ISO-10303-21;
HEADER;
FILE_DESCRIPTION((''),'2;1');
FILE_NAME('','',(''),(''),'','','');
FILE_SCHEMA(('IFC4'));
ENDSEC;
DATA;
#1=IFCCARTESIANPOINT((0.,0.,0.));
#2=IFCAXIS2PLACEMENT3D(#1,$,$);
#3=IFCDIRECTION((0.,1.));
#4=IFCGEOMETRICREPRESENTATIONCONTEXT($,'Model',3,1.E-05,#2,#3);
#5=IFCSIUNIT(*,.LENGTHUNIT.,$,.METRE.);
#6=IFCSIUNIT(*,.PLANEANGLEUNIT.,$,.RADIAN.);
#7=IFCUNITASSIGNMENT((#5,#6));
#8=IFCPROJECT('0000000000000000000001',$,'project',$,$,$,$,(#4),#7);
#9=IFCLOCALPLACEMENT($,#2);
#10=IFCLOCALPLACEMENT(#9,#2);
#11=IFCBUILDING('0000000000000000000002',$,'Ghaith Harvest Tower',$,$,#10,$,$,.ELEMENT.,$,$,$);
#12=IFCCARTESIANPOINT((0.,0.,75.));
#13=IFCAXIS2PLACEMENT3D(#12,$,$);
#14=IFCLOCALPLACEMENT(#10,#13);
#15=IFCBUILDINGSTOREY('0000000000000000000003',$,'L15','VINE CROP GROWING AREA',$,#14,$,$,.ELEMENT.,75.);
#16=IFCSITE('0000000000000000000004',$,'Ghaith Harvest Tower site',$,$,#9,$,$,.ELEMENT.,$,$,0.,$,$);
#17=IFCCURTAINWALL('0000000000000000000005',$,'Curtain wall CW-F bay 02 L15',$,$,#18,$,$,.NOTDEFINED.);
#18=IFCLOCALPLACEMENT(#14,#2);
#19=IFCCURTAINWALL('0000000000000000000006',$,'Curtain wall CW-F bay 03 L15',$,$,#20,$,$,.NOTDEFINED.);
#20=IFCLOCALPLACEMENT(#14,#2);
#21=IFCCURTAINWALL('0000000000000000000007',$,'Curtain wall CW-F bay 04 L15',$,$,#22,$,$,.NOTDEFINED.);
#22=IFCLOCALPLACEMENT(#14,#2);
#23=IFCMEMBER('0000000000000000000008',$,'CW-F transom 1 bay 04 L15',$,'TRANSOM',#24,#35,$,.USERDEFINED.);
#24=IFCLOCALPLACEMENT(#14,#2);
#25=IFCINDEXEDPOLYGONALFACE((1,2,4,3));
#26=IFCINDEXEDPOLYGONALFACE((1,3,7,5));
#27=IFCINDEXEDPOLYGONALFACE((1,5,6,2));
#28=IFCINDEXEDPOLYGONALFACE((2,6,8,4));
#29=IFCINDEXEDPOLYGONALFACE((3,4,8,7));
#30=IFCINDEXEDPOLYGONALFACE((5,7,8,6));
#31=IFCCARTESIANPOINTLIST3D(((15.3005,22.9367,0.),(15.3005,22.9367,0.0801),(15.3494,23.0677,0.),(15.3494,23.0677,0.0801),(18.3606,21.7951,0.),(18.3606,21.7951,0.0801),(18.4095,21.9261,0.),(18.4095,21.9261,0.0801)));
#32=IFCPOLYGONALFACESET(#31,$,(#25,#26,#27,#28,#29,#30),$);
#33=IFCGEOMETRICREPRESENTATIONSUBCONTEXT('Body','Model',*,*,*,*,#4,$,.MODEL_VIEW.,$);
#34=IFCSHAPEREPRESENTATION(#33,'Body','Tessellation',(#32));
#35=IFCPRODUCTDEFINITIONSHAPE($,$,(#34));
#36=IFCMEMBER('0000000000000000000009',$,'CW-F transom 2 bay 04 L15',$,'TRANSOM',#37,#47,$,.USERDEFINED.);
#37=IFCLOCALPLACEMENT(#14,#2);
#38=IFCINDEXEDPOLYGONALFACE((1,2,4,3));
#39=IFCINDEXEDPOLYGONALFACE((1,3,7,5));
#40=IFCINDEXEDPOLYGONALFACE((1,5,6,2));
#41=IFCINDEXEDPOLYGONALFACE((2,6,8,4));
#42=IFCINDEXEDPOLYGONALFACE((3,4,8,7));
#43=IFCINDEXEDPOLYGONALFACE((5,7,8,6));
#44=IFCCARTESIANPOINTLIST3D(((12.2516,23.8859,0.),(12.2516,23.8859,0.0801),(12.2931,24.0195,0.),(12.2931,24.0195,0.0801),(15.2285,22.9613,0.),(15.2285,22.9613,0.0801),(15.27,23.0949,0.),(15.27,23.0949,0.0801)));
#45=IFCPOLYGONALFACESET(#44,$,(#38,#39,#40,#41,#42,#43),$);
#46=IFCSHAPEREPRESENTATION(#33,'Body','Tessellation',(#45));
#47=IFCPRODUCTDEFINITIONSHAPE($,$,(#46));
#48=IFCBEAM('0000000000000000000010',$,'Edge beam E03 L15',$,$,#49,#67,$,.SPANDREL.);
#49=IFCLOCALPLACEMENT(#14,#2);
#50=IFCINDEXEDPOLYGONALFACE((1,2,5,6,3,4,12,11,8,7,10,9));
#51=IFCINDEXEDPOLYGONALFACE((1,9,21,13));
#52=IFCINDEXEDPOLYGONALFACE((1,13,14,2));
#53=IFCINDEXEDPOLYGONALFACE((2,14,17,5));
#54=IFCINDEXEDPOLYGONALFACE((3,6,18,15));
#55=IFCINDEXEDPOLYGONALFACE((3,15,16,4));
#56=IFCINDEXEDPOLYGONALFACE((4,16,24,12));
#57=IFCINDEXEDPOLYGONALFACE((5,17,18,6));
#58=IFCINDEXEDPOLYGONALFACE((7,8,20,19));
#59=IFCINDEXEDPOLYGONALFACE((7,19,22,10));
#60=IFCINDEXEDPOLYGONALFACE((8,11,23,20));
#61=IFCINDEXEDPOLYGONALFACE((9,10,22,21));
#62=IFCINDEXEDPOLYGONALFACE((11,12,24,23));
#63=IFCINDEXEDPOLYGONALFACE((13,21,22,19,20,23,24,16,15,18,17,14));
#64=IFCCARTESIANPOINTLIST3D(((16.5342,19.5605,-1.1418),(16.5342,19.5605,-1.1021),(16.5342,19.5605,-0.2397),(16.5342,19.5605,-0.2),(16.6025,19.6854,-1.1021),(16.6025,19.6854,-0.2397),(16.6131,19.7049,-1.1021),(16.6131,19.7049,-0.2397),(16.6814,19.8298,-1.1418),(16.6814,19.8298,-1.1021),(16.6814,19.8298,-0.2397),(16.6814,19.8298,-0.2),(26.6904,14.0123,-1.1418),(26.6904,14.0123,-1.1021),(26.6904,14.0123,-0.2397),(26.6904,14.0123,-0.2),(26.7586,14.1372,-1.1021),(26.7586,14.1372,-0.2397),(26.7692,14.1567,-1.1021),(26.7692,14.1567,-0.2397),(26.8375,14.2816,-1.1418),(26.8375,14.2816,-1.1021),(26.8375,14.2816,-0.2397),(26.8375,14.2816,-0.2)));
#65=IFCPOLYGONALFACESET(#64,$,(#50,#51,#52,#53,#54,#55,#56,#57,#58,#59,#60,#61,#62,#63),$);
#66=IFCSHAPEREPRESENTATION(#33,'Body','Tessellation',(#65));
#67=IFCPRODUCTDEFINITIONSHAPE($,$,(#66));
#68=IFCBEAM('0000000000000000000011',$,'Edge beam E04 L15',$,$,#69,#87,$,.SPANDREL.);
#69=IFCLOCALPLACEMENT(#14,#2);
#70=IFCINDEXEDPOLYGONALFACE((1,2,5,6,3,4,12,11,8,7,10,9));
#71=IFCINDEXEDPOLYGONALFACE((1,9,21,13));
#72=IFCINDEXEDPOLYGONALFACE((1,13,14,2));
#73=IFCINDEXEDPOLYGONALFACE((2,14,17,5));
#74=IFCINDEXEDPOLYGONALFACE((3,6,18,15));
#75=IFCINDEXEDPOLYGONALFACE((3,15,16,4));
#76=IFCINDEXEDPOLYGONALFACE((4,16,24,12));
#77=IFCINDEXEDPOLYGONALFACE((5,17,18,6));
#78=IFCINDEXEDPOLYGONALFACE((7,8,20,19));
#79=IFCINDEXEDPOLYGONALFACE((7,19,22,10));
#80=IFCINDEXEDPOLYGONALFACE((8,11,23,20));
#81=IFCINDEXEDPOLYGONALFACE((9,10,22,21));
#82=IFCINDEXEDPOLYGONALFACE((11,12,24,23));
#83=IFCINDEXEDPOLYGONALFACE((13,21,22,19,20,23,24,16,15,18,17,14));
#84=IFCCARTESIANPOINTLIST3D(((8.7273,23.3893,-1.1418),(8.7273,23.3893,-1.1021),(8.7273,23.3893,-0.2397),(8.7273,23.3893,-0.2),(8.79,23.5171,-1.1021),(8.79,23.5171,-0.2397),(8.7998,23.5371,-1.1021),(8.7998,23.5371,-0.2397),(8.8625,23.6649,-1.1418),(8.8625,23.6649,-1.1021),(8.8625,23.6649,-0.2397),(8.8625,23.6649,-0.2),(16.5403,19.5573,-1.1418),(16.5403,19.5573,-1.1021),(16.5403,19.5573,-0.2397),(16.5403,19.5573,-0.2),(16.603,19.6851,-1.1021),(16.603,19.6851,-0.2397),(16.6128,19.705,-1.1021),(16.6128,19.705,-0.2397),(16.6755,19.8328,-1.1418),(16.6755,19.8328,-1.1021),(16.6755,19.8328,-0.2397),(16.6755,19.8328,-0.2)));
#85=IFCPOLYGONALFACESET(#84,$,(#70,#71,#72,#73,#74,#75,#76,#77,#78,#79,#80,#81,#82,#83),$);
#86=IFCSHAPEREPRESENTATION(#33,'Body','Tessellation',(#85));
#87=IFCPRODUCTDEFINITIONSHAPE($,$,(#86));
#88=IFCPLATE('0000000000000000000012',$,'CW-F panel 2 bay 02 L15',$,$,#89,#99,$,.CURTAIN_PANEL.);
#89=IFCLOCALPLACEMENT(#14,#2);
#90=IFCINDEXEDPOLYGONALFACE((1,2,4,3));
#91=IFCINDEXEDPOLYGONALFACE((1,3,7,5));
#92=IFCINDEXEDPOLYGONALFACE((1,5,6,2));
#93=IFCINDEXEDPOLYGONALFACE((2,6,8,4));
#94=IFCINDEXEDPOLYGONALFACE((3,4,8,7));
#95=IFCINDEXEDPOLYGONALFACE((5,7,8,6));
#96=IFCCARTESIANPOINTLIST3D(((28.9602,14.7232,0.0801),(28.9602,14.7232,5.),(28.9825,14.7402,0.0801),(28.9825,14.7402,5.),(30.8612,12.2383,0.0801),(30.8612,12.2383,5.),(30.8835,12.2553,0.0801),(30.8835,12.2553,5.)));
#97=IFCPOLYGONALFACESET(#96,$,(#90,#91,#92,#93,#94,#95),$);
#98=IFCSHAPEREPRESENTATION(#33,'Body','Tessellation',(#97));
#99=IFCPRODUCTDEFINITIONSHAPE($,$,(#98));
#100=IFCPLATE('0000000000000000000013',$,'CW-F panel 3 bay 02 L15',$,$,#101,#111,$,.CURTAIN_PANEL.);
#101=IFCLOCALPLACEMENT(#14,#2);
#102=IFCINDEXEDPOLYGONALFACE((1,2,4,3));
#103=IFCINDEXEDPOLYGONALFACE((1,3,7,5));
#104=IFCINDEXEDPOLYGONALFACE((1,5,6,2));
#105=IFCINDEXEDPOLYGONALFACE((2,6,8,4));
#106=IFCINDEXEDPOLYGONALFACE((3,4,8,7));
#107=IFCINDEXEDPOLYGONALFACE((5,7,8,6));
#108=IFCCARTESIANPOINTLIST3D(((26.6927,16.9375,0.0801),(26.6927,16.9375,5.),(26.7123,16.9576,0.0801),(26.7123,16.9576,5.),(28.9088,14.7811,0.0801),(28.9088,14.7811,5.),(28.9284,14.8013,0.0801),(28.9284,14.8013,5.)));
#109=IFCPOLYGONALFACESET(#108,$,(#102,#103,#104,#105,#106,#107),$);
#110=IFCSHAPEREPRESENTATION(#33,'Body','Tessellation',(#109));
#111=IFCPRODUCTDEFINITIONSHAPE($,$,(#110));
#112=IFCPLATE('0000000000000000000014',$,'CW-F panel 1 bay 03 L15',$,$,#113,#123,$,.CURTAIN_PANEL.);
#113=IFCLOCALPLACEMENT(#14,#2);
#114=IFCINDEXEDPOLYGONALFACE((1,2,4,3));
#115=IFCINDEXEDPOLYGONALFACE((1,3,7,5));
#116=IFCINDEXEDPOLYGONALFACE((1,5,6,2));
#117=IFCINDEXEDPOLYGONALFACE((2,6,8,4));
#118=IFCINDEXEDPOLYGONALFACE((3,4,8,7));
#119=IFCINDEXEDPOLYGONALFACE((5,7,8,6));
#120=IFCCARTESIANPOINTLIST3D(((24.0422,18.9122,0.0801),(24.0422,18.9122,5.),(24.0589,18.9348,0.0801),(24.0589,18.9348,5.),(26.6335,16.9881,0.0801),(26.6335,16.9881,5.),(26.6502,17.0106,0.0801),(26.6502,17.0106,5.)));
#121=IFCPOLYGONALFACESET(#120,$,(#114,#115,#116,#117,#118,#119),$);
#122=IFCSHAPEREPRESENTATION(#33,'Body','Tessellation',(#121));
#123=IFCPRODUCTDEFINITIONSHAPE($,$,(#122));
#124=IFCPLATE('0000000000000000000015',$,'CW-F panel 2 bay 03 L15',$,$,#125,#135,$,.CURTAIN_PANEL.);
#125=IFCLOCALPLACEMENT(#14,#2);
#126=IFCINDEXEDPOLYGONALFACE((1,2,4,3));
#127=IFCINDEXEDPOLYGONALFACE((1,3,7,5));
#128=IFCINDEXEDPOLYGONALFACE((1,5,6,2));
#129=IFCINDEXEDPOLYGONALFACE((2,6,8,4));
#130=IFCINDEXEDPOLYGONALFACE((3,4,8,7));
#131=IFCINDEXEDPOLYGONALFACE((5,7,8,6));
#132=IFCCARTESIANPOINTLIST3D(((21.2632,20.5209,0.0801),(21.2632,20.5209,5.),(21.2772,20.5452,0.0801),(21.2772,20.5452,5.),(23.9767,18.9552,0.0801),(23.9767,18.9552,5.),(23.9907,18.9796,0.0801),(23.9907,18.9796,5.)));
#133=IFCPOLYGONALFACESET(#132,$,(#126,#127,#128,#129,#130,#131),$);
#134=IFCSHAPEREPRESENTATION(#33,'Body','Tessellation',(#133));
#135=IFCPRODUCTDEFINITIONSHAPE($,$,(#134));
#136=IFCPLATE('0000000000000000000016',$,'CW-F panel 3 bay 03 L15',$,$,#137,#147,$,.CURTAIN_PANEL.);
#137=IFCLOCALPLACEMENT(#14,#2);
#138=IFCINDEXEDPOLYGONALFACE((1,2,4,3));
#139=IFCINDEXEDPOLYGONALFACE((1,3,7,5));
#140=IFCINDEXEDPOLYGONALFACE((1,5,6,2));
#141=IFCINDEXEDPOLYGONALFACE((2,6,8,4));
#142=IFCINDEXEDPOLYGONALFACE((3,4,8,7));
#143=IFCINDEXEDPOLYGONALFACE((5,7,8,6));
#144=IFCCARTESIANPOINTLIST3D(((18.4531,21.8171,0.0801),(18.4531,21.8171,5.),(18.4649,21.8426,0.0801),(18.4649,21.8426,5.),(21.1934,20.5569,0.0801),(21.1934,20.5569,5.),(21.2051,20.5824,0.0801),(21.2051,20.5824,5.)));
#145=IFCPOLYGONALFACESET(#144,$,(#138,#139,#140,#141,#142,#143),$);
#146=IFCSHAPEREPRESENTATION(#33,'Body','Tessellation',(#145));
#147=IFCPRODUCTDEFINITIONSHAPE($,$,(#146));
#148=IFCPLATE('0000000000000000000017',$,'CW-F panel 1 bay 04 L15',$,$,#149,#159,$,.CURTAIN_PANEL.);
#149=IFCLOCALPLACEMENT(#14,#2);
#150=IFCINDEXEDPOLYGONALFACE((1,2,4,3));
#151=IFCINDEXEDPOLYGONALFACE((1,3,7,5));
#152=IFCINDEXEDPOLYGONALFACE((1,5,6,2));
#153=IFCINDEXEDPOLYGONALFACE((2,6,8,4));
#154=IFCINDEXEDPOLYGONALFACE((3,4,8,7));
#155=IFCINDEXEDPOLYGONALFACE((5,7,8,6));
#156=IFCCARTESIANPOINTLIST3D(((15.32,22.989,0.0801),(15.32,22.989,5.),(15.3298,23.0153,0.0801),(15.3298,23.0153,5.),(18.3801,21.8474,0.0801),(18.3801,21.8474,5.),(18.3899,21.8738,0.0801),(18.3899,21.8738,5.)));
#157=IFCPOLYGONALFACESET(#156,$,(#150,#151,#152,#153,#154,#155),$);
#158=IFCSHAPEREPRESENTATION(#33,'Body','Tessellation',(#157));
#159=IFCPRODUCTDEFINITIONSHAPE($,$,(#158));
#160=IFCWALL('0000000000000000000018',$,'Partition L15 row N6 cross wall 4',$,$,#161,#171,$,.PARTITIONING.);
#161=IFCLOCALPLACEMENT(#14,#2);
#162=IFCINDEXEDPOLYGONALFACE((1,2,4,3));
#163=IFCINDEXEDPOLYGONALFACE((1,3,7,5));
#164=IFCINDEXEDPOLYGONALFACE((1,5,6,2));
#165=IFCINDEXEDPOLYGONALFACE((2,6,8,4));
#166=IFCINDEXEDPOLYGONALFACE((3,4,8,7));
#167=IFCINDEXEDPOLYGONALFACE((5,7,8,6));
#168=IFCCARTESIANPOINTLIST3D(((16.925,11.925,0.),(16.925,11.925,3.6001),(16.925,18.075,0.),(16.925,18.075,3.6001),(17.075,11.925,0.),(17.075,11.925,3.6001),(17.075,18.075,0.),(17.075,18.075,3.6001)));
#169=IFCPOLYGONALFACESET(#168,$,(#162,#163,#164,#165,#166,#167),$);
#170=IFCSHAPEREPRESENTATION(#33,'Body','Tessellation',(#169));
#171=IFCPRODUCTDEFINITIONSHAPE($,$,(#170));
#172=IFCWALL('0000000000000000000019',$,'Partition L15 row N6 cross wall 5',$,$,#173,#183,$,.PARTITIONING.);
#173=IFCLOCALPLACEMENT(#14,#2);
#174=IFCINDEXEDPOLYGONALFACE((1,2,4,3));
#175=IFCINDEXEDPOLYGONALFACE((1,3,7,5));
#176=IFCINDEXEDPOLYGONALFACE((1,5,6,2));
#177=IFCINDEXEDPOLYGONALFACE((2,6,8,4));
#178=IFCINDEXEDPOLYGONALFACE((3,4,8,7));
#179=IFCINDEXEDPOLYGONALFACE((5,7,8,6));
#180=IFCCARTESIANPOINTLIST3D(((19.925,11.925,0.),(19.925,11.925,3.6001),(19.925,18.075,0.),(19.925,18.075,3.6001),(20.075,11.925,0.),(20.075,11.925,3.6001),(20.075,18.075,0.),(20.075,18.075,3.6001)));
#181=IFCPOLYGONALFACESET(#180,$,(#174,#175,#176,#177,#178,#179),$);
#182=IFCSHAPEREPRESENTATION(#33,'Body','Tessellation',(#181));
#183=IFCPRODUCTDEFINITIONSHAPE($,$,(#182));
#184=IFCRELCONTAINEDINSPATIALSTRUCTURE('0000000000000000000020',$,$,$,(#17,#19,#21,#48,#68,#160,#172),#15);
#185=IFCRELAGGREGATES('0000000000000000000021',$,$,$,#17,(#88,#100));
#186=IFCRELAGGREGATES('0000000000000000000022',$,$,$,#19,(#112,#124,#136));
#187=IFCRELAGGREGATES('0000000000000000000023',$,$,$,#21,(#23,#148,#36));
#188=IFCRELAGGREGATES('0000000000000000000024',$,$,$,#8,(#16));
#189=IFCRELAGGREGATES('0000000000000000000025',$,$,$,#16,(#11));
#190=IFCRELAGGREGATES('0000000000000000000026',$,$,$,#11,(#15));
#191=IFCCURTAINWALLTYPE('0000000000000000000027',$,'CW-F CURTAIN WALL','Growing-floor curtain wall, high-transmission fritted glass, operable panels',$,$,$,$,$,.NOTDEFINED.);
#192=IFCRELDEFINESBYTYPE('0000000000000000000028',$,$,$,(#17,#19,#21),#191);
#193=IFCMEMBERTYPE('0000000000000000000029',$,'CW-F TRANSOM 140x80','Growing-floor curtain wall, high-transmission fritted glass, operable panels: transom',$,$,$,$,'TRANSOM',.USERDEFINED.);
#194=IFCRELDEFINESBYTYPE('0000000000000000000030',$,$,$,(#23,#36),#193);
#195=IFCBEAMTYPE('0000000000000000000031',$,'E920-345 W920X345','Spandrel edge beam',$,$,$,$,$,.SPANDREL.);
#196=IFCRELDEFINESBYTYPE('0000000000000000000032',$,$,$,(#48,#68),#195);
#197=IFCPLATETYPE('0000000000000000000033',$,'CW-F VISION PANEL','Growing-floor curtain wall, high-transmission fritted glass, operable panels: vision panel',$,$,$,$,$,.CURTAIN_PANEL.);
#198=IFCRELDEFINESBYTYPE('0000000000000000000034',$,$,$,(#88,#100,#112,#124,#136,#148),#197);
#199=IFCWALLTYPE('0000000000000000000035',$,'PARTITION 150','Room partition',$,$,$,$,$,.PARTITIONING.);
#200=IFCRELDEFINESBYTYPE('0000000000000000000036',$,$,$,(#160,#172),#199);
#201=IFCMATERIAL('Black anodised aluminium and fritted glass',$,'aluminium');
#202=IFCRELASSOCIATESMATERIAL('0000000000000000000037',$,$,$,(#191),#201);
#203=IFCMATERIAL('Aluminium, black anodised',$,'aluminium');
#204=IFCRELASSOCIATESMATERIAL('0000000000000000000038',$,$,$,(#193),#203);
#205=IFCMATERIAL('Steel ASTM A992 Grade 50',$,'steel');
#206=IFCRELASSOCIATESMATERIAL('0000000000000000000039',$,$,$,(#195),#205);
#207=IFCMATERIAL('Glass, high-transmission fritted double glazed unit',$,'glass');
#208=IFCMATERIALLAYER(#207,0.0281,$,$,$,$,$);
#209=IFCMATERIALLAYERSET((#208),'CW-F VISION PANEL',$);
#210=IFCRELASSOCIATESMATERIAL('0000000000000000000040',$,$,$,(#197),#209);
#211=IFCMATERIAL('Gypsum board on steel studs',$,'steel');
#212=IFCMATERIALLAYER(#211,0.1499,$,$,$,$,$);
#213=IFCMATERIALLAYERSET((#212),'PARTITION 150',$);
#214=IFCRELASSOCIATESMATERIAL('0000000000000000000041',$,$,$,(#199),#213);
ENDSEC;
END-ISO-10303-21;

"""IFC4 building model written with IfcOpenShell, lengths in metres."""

from ifc_helpers import new_model, si_unit, direction, frame, frame_2d, origin, origin_2d, place, context, subcontext, project, spatial, rectangle, i_section, extrude, material, layer, layer_set, material_profile, profile_set, type_object, element, aggregate, save


model = new_model("IFC4")

# Units and contexts
model_context = context("Model", 3, precision=1e-05, world=origin(), true_north=direction((0.0, 1.0)))
body_context = subcontext(model_context, "Body", "Model", "MODEL_VIEW")
ifc_project = project(units=[si_unit("LENGTHUNIT", "METRE"), si_unit("PLANEANGLEUNIT", "RADIAN")], contexts=[model_context])

# Site, building, storey
site_placement = place(None, origin())
site = spatial("IfcSite", under=ifc_project, at=site_placement, Name="Ghaith Harvest Tower site", CompositionType="ELEMENT", RefElevation=0.0)
building_placement = place(site_placement, origin())
building = spatial("IfcBuilding", under=site, at=building_placement, Name="Ghaith Harvest Tower", CompositionType="ELEMENT")
storey_placement = place(building_placement, frame((0.0, 0.0, 75.0)))
storey = spatial("IfcBuildingStorey", under=building, at=storey_placement, Name="L15", Description="VINE CROP GROWING AREA", CompositionType="ELEMENT", Elevation=75.0)

# Curtain walls
ifc_material_1 = material(Name="Black anodised aluminium and fritted glass", Category="aluminium")
curtain_wall_type = type_object("IfcCurtainWallType", Name="CW-F CURTAIN WALL", Description="Growing-floor curtain wall, high-transmission fritted glass, operable panels", PredefinedType="NOTDEFINED", material=ifc_material_1)
curtain_wall_1_placement = place(storey_placement, origin())
curtain_wall_1 = element("IfcCurtainWall", 1, at=curtain_wall_1_placement, inside=storey, type_object=curtain_wall_type, Name="Curtain wall CW-F bay 02 L15", PredefinedType="NOTDEFINED")
curtain_wall_2_placement = place(storey_placement, origin())
curtain_wall_2 = element("IfcCurtainWall", 2, at=curtain_wall_2_placement, inside=storey, type_object=curtain_wall_type, Name="Curtain wall CW-F bay 03 L15", PredefinedType="NOTDEFINED")
curtain_wall_3_placement = place(storey_placement, origin())
curtain_wall_3 = element("IfcCurtainWall", 3, at=curtain_wall_3_placement, inside=storey, type_object=curtain_wall_type, Name="Curtain wall CW-F bay 04 L15", PredefinedType="NOTDEFINED")

# Members
ifc_material_2 = material(Name="Aluminium, black anodised", Category="aluminium")
ifc_material_profile_1 = material_profile(ifc_material_2, rectangle(XDim=0.1399, YDim=0.0801, at=origin_2d()), Name="CW-F TRANSOM 140x80")
ifc_profile_set_1 = profile_set([ifc_material_profile_1], Name="Aluminium, black anodised")
member_type_1 = type_object("IfcMemberType", Name="CW-F TRANSOM 140x80", Description="Growing-floor curtain wall, high-transmission fritted glass, operable panels: transom", ElementType="TRANSOM", PredefinedType="USERDEFINED", material=ifc_profile_set_1)
member_1_placement = place(storey_placement, frame((18.385, 21.8606, 0.04), z_axis=(-0.936924, 0.349534, 0.0), x_axis=(-0.349534, -0.936924, 0.0)))
member_1 = element("IfcMember", 4, at=member_1_placement, type_object=member_type_1, Name="CW-F transom 1 bay 04 L15", ObjectType="TRANSOM", PredefinedType="USERDEFINED", context=body_context, shape_type="SweptSolid", body=[
    extrude(rectangle(XDim=0.1399, YDim=0.0801, at=origin_2d()), origin(), (0.0, 0.0, 1.0), 3.2661),
])
member_2_placement = place(storey_placement, frame((15.2493, 23.0281, 0.04), z_axis=(-0.954998, 0.296611, 0.0), x_axis=(-0.296611, -0.954998, 0.0)))
member_2 = element("IfcMember", 5, at=member_2_placement, type_object=member_type_1, Name="CW-F transom 2 bay 04 L15", ObjectType="TRANSOM", PredefinedType="USERDEFINED", context=body_context, shape_type="SweptSolid", body=[
    extrude(rectangle(XDim=0.1399, YDim=0.0801, at=origin_2d()), origin(), (0.0, 0.0, 1.0), 3.1172),
])

# Beams
ifc_material_3 = material(Name="Steel ASTM A992 Grade 50", Category="steel")
ifc_material_profile_2 = material_profile(ifc_material_3, i_section(OverallWidth=0.3069, OverallDepth=0.9419, WebThickness=0.0222, FlangeThickness=0.0398, at=origin_2d()), Name="W920X345")
ifc_profile_set_2 = profile_set([ifc_material_profile_2], Name="Steel ASTM A992 Grade 50")
beam_type = type_object("IfcBeamType", Name="E920-345 W920X345", Description="Spandrel edge beam", PredefinedType="SPANDREL", material=ifc_profile_set_2)
beam_1_placement = place(storey_placement, frame((26.7639, 14.147, -0.6709), z_axis=(-0.877588, 0.479415, 0.0), x_axis=(-0.479415, -0.877588, 0.0)))
element("IfcBeam", 6, at=beam_1_placement, inside=storey, type_object=beam_type, Name="Edge beam E03 L15", PredefinedType="SPANDREL", context=body_context, shape_type="SweptSolid", body=[
    extrude(i_section(OverallWidth=0.3069, OverallDepth=0.9419, WebThickness=0.0222, FlangeThickness=0.0398, at=origin_2d()), origin(), (0.0, 0.0, 1.0), 11.5728),
])
beam_2_placement = place(storey_placement, frame((16.6079, 19.6951, -0.6709), z_axis=(-0.897824, 0.440355, 0.0), x_axis=(-0.440355, -0.897824, 0.0)))
element("IfcBeam", 7, at=beam_2_placement, inside=storey, type_object=beam_type, Name="Edge beam E04 L15", PredefinedType="SPANDREL", context=body_context, shape_type="SweptSolid", body=[
    extrude(i_section(OverallWidth=0.3069, OverallDepth=0.9419, WebThickness=0.0222, FlangeThickness=0.0398, at=origin_2d()), origin(), (0.0, 0.0, 1.0), 8.7021),
])

# Plates
ifc_material_4 = material(Name="Glass, high-transmission fritted double glazed unit", Category="glass")
ifc_layer_1 = layer(ifc_material_4, 0.0281)
ifc_layer_set_1 = layer_set([ifc_layer_1], Name="CW-F VISION PANEL")
plate_type = type_object("IfcPlateType", Name="CW-F VISION PANEL", Description="Growing-floor curtain wall, high-transmission fritted glass, operable panels: vision panel", PredefinedType="CURTAIN_PANEL", material=ifc_layer_set_1)
plate_1_placement = place(storey_placement, frame((29.9219, 13.4893, 0.0801), z_axis=(0.0, 0.0, 1.0), x_axis=(-0.607612, 0.794234, 0.0)))
plate_1 = element("IfcPlate", 8, at=plate_1_placement, type_object=plate_type, Name="CW-F panel 2 bay 02 L15", PredefinedType="CURTAIN_PANEL", context=body_context, shape_type="SweptSolid", body=[
    extrude(rectangle(XDim=3.1287, YDim=0.0281, at=origin_2d()), origin(), (0.0, 0.0, 1.0), 4.9199),
])
plate_2_placement = place(storey_placement, frame((27.8105, 15.8694, 0.0801), z_axis=(0.0, 0.0, 1.0), x_axis=(-0.716691, 0.697391, 0.0)))
plate_2 = element("IfcPlate", 9, at=plate_2_placement, type_object=plate_type, Name="CW-F panel 3 bay 02 L15", PredefinedType="CURTAIN_PANEL", context=body_context, shape_type="SweptSolid", body=[
    extrude(rectangle(XDim=3.092, YDim=0.0281, at=origin_2d()), origin(), (0.0, 0.0, 1.0), 4.9199),
])
aggregate(curtain_wall_1, [plate_1, plate_2])
plate_3_placement = place(storey_placement, frame((25.3462, 17.9614, 0.0801), z_axis=(0.0, 0.0, 1.0), x_axis=(-0.802867, 0.596158, 0.0)))
plate_3 = element("IfcPlate", 10, at=plate_3_placement, type_object=plate_type, Name="CW-F panel 1 bay 03 L15", PredefinedType="CURTAIN_PANEL", context=body_context, shape_type="SweptSolid", body=[
    extrude(rectangle(XDim=3.2275, YDim=0.0281, at=origin_2d()), origin(), (0.0, 0.0, 1.0), 4.9199),
])
plate_4_placement = place(storey_placement, frame((22.627, 19.7502, 0.0801), z_axis=(0.0, 0.0, 1.0), x_axis=(-0.866159, 0.499768, 0.0)))
plate_4 = element("IfcPlate", 11, at=plate_4_placement, type_object=plate_type, Name="CW-F panel 2 bay 03 L15", PredefinedType="CURTAIN_PANEL", context=body_context, shape_type="SweptSolid", body=[
    extrude(rectangle(XDim=3.1328, YDim=0.0281, at=origin_2d()), origin(), (0.0, 0.0, 1.0), 4.9199),
])
plate_5_placement = place(storey_placement, frame((19.8291, 21.1997, 0.0801), z_axis=(0.0, 0.0, 1.0), x_axis=(-0.90853, 0.417821, 0.0)))
plate_5 = element("IfcPlate", 12, at=plate_5_placement, type_object=plate_type, Name="CW-F panel 3 bay 03 L15", PredefinedType="CURTAIN_PANEL", context=body_context, shape_type="SweptSolid", body=[
    extrude(rectangle(XDim=3.0161, YDim=0.0281, at=origin_2d()), origin(), (0.0, 0.0, 1.0), 4.9199),
])
aggregate(curtain_wall_2, [plate_3, plate_4, plate_5])
plate_6_placement = place(storey_placement, frame((16.855, 22.4314, 0.0801), z_axis=(0.0, 0.0, 1.0), x_axis=(-0.936926, 0.349526, 0.0)))
plate_6 = element("IfcPlate", 13, at=plate_6_placement, type_object=plate_type, Name="CW-F panel 1 bay 04 L15", PredefinedType="CURTAIN_PANEL", context=body_context, shape_type="SweptSolid", body=[
    extrude(rectangle(XDim=3.2661, YDim=0.0281, at=origin_2d()), origin(), (0.0, 0.0, 1.0), 4.9199),
])
aggregate(curtain_wall_3, [member_1, plate_6, member_2])

# Walls
ifc_material_5 = material(Name="Gypsum board on steel studs", Category="steel")
ifc_layer_2 = layer(ifc_material_5, 0.1499)
ifc_layer_set_2 = layer_set([ifc_layer_2], Name="PARTITION 150")
wall_type = type_object("IfcWallType", Name="PARTITION 150", Description="Room partition", PredefinedType="PARTITIONING", material=ifc_layer_set_2)
for number, where, z_axis, x_axis, name in (
    (14, (17.0, 11.925, 0.0), (0.0, 0.0, 1.0), (0.0, 1.0, 0.0), "Partition L15 row N6 cross wall 4"),
    (15, (20.0, 11.925, 0.0), (0.0, 0.0, 1.0), (0.0, 1.0, 0.0), "Partition L15 row N6 cross wall 5"),
):
    element("IfcWall", number, at=place(storey_placement, frame(where, z_axis=z_axis, x_axis=x_axis)), inside=storey, type_object=wall_type, Name=name, PredefinedType="PARTITIONING", context=body_context, shape_type="SweptSolid", body=[
        extrude(rectangle(XDim=6.1499, YDim=0.1499, at=frame_2d((3.075, 0.0))), origin(), (0.0, 0.0, 1.0), 3.6001),
    ])

save(model, "model.ifc")
